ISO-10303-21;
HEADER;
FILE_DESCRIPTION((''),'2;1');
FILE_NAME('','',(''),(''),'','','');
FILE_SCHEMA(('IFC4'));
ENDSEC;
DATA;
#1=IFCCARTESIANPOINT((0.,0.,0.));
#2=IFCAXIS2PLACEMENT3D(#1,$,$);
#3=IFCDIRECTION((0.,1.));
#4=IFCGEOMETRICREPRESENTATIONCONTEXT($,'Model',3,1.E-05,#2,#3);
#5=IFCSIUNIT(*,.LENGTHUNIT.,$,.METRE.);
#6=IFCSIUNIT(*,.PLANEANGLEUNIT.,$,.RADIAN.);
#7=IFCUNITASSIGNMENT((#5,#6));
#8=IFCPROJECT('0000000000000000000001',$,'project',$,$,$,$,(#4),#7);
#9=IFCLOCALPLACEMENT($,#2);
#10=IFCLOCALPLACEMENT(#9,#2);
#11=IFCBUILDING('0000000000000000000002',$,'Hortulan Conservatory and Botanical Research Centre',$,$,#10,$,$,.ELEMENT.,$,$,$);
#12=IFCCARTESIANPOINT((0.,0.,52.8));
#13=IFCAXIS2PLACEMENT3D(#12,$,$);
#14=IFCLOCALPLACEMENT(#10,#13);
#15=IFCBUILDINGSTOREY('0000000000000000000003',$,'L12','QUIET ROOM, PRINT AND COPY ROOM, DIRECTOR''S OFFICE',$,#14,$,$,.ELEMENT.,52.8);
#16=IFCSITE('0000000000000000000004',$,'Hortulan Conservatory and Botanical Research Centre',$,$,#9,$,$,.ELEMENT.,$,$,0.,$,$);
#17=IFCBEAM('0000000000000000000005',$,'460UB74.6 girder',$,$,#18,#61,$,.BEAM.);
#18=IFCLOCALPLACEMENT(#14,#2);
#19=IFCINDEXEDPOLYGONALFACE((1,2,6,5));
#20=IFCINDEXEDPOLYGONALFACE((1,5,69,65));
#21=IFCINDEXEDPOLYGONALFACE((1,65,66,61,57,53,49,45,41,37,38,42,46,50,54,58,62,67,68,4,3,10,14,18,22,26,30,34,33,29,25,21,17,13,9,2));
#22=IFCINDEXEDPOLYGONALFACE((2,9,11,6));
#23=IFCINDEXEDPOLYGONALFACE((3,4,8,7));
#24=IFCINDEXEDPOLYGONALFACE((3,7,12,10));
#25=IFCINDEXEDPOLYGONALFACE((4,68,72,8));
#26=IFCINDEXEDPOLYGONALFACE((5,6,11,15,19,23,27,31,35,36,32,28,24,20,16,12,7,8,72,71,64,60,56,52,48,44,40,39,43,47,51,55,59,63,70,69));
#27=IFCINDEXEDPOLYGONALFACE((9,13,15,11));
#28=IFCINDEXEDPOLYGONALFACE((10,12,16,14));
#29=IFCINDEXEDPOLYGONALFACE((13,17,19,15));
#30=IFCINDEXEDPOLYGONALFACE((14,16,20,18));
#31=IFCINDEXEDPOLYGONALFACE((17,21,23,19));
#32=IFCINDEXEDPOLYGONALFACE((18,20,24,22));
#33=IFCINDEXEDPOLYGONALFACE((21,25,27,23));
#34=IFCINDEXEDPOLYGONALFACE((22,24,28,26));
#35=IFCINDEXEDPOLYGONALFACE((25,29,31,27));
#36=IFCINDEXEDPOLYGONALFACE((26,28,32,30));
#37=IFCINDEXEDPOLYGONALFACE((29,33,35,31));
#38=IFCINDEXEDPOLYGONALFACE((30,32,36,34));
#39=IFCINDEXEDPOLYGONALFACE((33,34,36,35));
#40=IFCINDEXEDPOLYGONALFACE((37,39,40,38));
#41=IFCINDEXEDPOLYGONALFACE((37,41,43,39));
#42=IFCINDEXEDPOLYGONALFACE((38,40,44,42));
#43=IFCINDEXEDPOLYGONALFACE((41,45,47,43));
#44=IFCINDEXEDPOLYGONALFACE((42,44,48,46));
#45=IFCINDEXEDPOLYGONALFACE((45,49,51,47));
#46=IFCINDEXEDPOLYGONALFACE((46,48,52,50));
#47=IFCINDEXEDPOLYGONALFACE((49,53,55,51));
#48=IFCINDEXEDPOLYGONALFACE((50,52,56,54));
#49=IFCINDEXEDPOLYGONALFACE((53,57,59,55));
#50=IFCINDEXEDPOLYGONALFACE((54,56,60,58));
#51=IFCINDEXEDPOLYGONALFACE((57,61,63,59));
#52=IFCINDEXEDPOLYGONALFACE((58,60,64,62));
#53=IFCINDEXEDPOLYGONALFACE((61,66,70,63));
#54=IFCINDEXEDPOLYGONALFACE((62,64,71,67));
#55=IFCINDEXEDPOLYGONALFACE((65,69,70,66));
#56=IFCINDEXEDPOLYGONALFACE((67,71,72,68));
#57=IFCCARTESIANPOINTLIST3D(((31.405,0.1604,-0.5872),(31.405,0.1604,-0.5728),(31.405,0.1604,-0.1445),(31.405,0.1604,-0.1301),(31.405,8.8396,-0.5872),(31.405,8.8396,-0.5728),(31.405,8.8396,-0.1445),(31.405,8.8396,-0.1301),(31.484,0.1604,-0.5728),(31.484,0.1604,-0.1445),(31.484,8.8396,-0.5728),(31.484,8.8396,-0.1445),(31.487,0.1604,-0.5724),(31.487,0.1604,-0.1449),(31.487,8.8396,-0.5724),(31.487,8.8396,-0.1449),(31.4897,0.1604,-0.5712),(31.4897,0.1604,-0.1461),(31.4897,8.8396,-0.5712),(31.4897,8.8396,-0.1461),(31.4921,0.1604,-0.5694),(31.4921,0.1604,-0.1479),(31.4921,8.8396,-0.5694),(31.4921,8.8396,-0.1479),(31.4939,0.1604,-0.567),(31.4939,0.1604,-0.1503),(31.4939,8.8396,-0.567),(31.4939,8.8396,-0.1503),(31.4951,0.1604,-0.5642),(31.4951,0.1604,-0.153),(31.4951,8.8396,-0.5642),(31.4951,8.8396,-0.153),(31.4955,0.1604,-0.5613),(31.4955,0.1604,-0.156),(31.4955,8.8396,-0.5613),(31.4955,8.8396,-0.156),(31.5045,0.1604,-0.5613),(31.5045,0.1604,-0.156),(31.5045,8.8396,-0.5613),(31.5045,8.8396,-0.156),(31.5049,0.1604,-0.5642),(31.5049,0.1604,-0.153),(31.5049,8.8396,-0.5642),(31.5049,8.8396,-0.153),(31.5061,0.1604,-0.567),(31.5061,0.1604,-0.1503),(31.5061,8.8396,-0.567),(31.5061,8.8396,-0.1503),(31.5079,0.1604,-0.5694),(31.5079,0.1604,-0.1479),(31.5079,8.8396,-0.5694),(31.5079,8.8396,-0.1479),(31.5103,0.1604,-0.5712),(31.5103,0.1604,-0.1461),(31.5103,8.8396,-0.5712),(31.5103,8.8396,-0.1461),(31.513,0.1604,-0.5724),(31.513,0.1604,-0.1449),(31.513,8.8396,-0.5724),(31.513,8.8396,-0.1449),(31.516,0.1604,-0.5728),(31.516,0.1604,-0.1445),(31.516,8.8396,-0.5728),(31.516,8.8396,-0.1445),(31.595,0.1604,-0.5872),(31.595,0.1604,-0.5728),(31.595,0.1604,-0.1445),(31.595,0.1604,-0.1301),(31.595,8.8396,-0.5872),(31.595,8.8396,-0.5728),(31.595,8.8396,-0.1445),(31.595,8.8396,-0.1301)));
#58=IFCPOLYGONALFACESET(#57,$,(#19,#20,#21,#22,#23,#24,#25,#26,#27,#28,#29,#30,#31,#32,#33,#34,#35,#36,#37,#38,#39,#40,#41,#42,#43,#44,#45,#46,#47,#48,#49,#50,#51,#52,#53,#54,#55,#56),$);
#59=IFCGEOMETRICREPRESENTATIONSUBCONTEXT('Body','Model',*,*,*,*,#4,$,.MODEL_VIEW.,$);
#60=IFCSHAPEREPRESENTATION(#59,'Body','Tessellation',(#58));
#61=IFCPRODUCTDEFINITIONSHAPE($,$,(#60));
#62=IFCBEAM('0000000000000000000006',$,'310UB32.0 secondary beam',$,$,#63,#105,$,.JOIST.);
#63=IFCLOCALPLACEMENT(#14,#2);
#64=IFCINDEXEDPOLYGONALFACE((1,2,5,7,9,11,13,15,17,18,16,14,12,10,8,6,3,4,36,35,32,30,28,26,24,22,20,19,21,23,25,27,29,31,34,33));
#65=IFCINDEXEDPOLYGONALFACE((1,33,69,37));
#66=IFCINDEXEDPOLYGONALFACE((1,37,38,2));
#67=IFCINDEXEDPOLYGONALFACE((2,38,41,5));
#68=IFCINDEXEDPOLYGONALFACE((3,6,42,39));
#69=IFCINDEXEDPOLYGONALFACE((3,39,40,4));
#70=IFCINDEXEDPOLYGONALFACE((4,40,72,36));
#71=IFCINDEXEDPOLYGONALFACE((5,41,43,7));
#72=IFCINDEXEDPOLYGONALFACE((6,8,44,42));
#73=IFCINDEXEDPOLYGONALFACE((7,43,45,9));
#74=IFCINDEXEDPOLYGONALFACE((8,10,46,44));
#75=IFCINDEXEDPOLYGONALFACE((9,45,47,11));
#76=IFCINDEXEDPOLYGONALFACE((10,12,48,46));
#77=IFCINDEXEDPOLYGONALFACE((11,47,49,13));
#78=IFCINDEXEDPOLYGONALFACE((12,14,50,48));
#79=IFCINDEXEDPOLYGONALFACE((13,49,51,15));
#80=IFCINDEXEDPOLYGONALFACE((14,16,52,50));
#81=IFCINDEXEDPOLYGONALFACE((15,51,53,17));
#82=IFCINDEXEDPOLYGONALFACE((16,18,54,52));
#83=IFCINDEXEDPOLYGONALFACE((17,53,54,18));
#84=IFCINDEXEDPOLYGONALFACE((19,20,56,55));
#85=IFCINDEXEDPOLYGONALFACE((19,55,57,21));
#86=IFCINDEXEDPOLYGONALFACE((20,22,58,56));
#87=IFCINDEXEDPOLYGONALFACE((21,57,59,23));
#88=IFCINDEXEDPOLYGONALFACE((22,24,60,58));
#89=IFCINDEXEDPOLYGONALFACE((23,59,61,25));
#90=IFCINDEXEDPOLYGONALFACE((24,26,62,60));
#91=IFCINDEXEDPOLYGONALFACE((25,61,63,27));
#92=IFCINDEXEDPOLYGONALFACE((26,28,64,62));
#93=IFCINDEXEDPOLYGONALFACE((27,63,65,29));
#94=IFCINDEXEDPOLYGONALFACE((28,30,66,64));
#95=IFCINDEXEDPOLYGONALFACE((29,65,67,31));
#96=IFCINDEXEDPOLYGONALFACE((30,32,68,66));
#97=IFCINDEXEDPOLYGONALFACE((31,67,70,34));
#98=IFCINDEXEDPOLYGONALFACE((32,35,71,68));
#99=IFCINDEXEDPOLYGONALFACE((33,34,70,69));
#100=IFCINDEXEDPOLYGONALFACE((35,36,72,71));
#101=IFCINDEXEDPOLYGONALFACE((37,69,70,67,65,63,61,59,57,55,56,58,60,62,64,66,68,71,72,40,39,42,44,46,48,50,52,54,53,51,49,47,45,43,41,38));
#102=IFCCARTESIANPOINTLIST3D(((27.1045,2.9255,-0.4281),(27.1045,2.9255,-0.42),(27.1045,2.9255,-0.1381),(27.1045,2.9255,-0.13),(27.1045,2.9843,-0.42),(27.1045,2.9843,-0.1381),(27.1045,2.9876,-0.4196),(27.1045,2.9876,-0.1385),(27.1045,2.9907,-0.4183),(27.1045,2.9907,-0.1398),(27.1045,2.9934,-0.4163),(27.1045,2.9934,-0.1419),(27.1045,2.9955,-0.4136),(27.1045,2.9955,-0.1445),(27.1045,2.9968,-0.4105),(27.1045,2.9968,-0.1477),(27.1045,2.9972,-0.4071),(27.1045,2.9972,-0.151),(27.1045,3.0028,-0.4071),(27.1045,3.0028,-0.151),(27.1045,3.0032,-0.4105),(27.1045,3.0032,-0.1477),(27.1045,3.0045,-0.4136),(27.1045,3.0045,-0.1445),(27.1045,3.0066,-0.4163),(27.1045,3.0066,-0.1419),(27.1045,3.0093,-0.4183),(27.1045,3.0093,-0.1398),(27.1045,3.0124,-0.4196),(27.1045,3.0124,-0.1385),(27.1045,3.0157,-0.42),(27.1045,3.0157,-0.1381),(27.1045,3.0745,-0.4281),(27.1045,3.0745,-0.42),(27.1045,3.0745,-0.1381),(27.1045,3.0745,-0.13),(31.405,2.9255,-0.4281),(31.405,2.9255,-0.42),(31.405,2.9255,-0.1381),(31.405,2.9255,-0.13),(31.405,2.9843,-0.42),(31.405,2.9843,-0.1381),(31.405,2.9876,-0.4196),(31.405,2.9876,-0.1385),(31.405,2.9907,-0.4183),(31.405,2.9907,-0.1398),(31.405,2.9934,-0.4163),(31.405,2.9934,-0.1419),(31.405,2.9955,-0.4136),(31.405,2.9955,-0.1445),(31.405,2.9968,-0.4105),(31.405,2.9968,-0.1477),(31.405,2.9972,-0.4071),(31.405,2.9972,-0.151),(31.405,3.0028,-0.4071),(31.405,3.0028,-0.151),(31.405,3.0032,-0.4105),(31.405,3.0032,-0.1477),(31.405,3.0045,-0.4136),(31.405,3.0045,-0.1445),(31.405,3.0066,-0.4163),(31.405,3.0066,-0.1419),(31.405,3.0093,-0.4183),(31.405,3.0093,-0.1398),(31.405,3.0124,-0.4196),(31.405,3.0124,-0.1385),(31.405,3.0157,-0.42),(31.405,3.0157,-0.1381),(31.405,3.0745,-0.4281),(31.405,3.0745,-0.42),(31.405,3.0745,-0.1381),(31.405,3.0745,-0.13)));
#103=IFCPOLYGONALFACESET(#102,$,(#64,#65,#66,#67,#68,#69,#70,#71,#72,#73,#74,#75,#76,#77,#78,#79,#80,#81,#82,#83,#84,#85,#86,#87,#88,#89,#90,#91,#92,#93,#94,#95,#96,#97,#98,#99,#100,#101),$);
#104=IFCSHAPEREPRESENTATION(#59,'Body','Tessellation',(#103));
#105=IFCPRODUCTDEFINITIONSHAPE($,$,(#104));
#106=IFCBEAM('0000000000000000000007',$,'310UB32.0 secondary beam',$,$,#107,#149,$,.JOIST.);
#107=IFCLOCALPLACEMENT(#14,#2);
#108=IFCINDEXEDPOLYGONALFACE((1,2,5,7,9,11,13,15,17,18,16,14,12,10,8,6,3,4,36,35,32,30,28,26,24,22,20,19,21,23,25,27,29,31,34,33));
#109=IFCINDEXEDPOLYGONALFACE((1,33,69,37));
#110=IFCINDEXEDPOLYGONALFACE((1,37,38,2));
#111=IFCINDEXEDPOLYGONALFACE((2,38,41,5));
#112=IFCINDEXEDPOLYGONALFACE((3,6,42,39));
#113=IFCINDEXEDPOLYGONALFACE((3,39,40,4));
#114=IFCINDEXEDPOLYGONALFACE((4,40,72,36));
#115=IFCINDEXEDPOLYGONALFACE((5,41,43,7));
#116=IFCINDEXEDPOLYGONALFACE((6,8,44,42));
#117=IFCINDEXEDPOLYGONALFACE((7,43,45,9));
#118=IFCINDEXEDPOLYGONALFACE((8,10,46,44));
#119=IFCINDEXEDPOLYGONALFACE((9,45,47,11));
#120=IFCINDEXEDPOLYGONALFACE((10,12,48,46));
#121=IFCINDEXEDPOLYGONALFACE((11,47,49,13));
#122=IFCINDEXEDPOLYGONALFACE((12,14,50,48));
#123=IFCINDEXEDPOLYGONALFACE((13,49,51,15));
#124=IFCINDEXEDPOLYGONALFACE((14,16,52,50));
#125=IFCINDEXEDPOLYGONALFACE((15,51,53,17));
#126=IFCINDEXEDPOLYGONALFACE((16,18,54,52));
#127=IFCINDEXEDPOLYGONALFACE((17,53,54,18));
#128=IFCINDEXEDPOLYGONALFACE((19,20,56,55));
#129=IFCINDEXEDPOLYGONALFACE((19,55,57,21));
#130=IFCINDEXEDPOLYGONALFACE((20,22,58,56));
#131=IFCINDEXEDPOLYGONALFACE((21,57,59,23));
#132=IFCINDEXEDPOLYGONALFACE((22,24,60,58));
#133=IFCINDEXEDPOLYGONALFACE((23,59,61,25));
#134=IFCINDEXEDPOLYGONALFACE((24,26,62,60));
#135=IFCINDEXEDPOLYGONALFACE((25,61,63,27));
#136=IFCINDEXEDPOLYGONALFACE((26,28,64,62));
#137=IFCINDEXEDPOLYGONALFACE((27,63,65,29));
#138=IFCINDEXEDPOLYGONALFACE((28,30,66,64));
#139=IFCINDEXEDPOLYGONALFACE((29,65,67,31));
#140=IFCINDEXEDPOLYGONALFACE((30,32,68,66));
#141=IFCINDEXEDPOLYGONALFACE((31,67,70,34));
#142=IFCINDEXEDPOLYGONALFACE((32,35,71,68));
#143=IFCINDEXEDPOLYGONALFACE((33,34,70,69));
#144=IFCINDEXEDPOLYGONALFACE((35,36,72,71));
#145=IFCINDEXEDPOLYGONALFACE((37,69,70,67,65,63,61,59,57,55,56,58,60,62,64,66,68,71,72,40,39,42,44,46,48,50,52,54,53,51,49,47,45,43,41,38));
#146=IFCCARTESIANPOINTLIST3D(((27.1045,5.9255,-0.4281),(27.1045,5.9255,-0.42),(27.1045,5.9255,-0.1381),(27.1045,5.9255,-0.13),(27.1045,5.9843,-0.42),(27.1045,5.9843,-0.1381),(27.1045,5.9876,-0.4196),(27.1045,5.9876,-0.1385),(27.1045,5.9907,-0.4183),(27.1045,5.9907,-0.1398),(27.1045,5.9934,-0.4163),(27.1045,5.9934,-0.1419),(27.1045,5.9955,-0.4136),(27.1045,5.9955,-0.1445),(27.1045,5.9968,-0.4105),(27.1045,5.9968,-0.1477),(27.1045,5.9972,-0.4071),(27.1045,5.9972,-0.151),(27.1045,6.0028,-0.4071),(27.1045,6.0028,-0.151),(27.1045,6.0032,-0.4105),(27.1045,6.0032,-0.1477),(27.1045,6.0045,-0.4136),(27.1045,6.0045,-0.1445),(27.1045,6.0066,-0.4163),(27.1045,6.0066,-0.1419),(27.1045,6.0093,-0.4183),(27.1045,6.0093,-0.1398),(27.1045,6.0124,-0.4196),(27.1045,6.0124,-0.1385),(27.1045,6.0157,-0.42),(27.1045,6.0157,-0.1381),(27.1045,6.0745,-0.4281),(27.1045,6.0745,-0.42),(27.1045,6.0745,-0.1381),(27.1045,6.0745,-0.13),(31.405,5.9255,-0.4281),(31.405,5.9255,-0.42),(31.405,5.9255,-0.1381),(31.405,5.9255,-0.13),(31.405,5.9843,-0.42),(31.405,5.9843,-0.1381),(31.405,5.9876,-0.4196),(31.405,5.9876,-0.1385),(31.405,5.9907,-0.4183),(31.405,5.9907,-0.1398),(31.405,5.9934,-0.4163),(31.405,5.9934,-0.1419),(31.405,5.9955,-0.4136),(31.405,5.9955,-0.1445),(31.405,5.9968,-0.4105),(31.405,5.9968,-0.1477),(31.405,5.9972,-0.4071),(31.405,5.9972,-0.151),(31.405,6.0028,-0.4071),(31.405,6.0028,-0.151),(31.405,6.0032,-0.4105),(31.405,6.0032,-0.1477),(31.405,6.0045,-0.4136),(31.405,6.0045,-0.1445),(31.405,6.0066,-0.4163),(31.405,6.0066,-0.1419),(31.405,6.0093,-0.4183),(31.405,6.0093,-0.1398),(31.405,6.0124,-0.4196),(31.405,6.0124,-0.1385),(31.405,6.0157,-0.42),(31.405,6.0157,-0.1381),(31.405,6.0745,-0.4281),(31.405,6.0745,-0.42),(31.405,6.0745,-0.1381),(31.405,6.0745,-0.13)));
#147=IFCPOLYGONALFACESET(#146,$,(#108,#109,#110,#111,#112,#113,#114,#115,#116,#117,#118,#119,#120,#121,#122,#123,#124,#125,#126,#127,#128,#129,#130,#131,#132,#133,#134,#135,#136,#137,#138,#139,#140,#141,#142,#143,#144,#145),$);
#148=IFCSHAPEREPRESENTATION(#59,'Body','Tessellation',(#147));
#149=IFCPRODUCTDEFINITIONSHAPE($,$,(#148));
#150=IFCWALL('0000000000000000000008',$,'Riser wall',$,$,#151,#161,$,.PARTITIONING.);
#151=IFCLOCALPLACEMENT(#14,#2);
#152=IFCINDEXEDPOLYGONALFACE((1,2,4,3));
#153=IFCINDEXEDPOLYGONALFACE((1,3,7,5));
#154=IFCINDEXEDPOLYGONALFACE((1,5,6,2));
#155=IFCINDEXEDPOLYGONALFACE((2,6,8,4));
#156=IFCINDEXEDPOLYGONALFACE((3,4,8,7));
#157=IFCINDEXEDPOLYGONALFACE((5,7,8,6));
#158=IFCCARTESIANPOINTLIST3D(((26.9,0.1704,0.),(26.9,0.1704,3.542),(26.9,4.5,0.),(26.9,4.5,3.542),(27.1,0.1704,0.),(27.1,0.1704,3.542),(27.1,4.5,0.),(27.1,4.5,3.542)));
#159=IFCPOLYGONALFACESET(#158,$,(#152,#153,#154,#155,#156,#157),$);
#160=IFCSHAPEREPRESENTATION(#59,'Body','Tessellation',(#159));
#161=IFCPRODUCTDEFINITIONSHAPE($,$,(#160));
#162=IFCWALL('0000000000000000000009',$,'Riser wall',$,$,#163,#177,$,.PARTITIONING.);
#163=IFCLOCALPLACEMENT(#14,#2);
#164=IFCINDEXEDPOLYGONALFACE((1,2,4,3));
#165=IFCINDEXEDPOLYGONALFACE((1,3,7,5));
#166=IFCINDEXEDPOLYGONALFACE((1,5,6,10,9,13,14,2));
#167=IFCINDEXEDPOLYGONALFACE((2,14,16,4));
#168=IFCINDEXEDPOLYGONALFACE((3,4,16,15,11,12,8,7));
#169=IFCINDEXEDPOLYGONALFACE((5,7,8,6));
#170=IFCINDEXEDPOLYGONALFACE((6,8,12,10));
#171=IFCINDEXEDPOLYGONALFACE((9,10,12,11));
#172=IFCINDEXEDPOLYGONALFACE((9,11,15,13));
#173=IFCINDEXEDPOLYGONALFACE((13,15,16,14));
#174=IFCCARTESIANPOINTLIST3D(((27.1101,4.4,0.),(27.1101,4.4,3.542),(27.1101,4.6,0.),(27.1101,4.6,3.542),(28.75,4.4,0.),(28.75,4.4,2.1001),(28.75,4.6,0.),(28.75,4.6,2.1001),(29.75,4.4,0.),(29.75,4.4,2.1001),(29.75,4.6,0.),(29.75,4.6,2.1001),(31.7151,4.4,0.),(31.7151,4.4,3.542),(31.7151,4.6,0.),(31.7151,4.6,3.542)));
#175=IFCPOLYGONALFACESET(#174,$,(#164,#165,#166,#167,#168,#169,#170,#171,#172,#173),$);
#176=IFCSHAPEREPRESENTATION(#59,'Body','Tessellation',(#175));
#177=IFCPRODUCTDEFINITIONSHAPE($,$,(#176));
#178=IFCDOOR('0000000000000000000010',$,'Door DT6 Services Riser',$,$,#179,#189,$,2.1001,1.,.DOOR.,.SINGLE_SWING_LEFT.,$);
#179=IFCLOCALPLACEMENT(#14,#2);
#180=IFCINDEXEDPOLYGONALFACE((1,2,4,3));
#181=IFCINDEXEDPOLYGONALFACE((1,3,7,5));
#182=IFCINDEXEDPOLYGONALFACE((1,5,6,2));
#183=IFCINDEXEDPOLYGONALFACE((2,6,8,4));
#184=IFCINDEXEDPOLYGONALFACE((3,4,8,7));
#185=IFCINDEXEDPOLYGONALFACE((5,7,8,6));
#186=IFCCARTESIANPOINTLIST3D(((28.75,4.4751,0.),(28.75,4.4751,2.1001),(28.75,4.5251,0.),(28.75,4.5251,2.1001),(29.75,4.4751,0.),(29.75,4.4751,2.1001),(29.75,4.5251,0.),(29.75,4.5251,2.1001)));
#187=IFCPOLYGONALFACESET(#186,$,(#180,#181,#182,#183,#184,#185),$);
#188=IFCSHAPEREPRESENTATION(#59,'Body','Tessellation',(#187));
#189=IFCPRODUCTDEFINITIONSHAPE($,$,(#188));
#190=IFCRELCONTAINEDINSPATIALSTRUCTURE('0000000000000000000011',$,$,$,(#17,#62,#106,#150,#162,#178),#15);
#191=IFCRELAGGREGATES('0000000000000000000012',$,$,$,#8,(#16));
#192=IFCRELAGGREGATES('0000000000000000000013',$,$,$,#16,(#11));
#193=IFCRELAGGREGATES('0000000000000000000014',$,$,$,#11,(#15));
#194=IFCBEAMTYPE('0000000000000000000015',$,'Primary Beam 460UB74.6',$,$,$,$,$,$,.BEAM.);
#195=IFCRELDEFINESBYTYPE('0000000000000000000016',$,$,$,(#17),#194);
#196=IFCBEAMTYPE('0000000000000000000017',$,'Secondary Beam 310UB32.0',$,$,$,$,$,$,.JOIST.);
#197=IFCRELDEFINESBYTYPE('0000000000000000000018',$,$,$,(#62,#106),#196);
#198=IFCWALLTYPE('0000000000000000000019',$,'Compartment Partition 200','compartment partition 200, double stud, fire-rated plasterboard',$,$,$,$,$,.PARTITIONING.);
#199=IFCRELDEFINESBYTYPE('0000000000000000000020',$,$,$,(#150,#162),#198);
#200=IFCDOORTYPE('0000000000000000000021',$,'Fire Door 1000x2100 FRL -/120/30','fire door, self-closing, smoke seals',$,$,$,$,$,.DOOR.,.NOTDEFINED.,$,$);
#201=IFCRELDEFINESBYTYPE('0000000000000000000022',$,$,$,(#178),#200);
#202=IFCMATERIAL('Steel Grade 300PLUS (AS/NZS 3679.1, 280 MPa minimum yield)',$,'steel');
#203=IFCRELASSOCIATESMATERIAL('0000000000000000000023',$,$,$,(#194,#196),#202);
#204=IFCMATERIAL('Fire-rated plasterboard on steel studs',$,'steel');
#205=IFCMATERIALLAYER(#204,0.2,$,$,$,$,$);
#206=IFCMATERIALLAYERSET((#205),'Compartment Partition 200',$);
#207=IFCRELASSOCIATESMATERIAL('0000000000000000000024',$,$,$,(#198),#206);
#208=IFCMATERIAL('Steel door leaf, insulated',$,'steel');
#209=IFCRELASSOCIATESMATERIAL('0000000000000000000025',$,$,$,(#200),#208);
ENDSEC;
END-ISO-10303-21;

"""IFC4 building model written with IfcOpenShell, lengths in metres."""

from ifc_helpers import new_model, si_unit, direction, frame, frame_2d, origin, origin_2d, place, context, subcontext, project, spatial, rectangle, i_section, extrude, material, layer, layer_set, material_profile, profile_set, type_object, element, fill, save


model = new_model("IFC4")

# Units and contexts
model_context = context("Model", 3, precision=1e-05, world=origin(), true_north=direction((0.0, 1.0)))
body_context = subcontext(model_context, "Body", "Model", "MODEL_VIEW")
ifc_project = project(units=[si_unit("LENGTHUNIT", "METRE"), si_unit("PLANEANGLEUNIT", "RADIAN")], contexts=[model_context])

# Site, building, storey
site_placement = place(None, origin())
site = spatial("IfcSite", under=ifc_project, at=site_placement, Name="Hortulan Conservatory and Botanical Research Centre", CompositionType="ELEMENT", RefElevation=0.0)
building_placement = place(site_placement, origin())
building = spatial("IfcBuilding", under=site, at=building_placement, Name="Hortulan Conservatory and Botanical Research Centre", CompositionType="ELEMENT")
storey_placement = place(building_placement, frame((0.0, 0.0, 52.8)))
storey = spatial("IfcBuildingStorey", under=building, at=storey_placement, Name="L12", Description="QUIET ROOM, PRINT AND COPY ROOM, DIRECTOR'S OFFICE", CompositionType="ELEMENT", Elevation=52.8)

# Shared definitions
ifc_material_1 = material(Name="Steel Grade 300PLUS (AS/NZS 3679.1, 280 MPa minimum yield)", Category="steel")

# Beams
ifc_material_profile_1 = material_profile(ifc_material_1, i_section(OverallWidth=0.1899, OverallDepth=0.457, WebThickness=0.009, FlangeThickness=0.0144, FilletRadius=0.0115, at=origin_2d()), Name="460UB74.6")
ifc_profile_set_1 = profile_set([ifc_material_profile_1], Name="Steel Grade 300PLUS (AS/NZS 3679.1, 280 MPa minimum yield)")
beam_type_1 = type_object("IfcBeamType", Name="Primary Beam 460UB74.6", PredefinedType="BEAM", material=ifc_profile_set_1)
beam_1_placement = place(storey_placement, frame((31.5, 0.1604, -0.3586), z_axis=(0.0, 1.0, 0.0), x_axis=(-1.0, 0.0, 0.0)))
element("IfcBeam", 1, at=beam_1_placement, inside=storey, type_object=beam_type_1, Name="460UB74.6 girder", PredefinedType="BEAM", context=body_context, shape_type="SweptSolid", body=[
    extrude(i_section(OverallWidth=0.1899, OverallDepth=0.457, WebThickness=0.009, FlangeThickness=0.0144, FilletRadius=0.0115, at=origin_2d()), origin(), (0.0, 0.0, 1.0), 8.6792),
])
ifc_material_profile_2 = material_profile(ifc_material_1, i_section(OverallWidth=0.1489, OverallDepth=0.2981, WebThickness=0.0056, FlangeThickness=0.0081, FilletRadius=0.0129, at=origin_2d()), Name="310UB32.0")
ifc_profile_set_2 = profile_set([ifc_material_profile_2], Name="Steel Grade 300PLUS (AS/NZS 3679.1, 280 MPa minimum yield)")
beam_type_2 = type_object("IfcBeamType", Name="Secondary Beam 310UB32.0", PredefinedType="JOIST", material=ifc_profile_set_2)
for number, where, z_axis, x_axis, name in (
    (2, (27.1045, 3.0, -0.2791), (1.0, 0.0, 0.0), (0.0, 1.0, 0.0), "310UB32.0 secondary beam"),
    (3, (27.1045, 6.0, -0.2791), (1.0, 0.0, 0.0), (0.0, 1.0, 0.0), "310UB32.0 secondary beam"),
):
    element("IfcBeam", number, at=place(storey_placement, frame(where, z_axis=z_axis, x_axis=x_axis)), inside=storey, type_object=beam_type_2, Name=name, PredefinedType="JOIST", context=body_context, shape_type="SweptSolid", body=[
        extrude(i_section(OverallWidth=0.1489, OverallDepth=0.2981, WebThickness=0.0056, FlangeThickness=0.0081, FilletRadius=0.0129, at=origin_2d()), origin(), (0.0, 0.0, 1.0), 4.3005),
    ])

# Wall
ifc_material_2 = material(Name="Fire-rated plasterboard on steel studs", Category="steel")
ifc_layer_1 = layer(ifc_material_2, 0.2)
ifc_layer_set_1 = layer_set([ifc_layer_1], Name="Compartment Partition 200")
wall_type_1 = type_object("IfcWallType", Name="Compartment Partition 200", Description="compartment partition 200, double stud, fire-rated plasterboard", PredefinedType="PARTITIONING", material=ifc_layer_set_1)
wall_1_placement = place(storey_placement, frame((27.0, 0.1704, 0.0), z_axis=(0.0, 0.0, 1.0), x_axis=(0.0, 1.0, 0.0)))
element("IfcWall", 4, at=wall_1_placement, inside=storey, type_object=wall_type_1, Name="Riser wall", PredefinedType="PARTITIONING", context=body_context, shape_type="SweptSolid", body=[
    extrude(rectangle(XDim=4.3296, YDim=0.2, at=frame_2d((2.1648, 0.0))), origin(), (0.0, 0.0, 1.0), 3.542),
])

# Wall, opening, door
wall_2_placement = place(storey_placement, frame((27.1101, 4.5, 0.0), z_axis=(0.0, 0.0, 1.0), x_axis=(1.0, 0.0, 0.0)))
wall_2 = element("IfcWall", 5, at=wall_2_placement, inside=storey, type_object=wall_type_1, Name="Riser wall", PredefinedType="PARTITIONING", context=body_context, shape_type="SweptSolid", body=[
    extrude(rectangle(XDim=4.605, YDim=0.2, at=frame_2d((2.3025, 0.0))), origin(), (0.0, 0.0, 1.0), 3.542),
])
opening_1_placement = place(wall_2_placement, frame((1.6399, 0.0, 0.0)))
opening_1 = element("IfcOpeningElement", 6, at=opening_1_placement, cuts=wall_2, PredefinedType="OPENING", context=body_context, shape_type="SweptSolid", body=[
    extrude(rectangle(XDim=1.0, YDim=2.1001, at=frame_2d((0.5, 1.05))), frame((0.0, 0.1099, 0.0), z_axis=(0.0, -1.0, 0.0), x_axis=(1.0, 0.0, 0.0)), (0.0, 0.0, 1.0), 0.22),
])
ifc_material_3 = material(Name="Steel door leaf, insulated", Category="steel")
door_type = type_object("IfcDoorType", Name="Fire Door 1000x2100 FRL -/120/30", Description="fire door, self-closing, smoke seals", OperationType="NOTDEFINED", PredefinedType="DOOR", material=ifc_material_3)
door_placement = place(opening_1_placement, frame((1.0, 0.0, 0.0), z_axis=(0.0, 0.0, 1.0), x_axis=(-1.0, 0.0, 0.0)))
door = element("IfcDoor", 7, at=door_placement, inside=storey, type_object=door_type, Name="Door DT6 Services Riser", OperationType="SINGLE_SWING_LEFT", OverallHeight=2.1001, OverallWidth=1.0, PredefinedType="DOOR", context=body_context, shape_type="SweptSolid", body=[
    extrude(rectangle(XDim=1.0, YDim=2.1001, at=frame_2d((0.5, 1.05))), frame((0.0, 0.0249, 0.0), z_axis=(0.0, -1.0, 0.0), x_axis=(1.0, 0.0, 0.0)), (0.0, 0.0, 1.0), 0.05),
])
fill(opening_1, door)

save(model, "model.ifc")
